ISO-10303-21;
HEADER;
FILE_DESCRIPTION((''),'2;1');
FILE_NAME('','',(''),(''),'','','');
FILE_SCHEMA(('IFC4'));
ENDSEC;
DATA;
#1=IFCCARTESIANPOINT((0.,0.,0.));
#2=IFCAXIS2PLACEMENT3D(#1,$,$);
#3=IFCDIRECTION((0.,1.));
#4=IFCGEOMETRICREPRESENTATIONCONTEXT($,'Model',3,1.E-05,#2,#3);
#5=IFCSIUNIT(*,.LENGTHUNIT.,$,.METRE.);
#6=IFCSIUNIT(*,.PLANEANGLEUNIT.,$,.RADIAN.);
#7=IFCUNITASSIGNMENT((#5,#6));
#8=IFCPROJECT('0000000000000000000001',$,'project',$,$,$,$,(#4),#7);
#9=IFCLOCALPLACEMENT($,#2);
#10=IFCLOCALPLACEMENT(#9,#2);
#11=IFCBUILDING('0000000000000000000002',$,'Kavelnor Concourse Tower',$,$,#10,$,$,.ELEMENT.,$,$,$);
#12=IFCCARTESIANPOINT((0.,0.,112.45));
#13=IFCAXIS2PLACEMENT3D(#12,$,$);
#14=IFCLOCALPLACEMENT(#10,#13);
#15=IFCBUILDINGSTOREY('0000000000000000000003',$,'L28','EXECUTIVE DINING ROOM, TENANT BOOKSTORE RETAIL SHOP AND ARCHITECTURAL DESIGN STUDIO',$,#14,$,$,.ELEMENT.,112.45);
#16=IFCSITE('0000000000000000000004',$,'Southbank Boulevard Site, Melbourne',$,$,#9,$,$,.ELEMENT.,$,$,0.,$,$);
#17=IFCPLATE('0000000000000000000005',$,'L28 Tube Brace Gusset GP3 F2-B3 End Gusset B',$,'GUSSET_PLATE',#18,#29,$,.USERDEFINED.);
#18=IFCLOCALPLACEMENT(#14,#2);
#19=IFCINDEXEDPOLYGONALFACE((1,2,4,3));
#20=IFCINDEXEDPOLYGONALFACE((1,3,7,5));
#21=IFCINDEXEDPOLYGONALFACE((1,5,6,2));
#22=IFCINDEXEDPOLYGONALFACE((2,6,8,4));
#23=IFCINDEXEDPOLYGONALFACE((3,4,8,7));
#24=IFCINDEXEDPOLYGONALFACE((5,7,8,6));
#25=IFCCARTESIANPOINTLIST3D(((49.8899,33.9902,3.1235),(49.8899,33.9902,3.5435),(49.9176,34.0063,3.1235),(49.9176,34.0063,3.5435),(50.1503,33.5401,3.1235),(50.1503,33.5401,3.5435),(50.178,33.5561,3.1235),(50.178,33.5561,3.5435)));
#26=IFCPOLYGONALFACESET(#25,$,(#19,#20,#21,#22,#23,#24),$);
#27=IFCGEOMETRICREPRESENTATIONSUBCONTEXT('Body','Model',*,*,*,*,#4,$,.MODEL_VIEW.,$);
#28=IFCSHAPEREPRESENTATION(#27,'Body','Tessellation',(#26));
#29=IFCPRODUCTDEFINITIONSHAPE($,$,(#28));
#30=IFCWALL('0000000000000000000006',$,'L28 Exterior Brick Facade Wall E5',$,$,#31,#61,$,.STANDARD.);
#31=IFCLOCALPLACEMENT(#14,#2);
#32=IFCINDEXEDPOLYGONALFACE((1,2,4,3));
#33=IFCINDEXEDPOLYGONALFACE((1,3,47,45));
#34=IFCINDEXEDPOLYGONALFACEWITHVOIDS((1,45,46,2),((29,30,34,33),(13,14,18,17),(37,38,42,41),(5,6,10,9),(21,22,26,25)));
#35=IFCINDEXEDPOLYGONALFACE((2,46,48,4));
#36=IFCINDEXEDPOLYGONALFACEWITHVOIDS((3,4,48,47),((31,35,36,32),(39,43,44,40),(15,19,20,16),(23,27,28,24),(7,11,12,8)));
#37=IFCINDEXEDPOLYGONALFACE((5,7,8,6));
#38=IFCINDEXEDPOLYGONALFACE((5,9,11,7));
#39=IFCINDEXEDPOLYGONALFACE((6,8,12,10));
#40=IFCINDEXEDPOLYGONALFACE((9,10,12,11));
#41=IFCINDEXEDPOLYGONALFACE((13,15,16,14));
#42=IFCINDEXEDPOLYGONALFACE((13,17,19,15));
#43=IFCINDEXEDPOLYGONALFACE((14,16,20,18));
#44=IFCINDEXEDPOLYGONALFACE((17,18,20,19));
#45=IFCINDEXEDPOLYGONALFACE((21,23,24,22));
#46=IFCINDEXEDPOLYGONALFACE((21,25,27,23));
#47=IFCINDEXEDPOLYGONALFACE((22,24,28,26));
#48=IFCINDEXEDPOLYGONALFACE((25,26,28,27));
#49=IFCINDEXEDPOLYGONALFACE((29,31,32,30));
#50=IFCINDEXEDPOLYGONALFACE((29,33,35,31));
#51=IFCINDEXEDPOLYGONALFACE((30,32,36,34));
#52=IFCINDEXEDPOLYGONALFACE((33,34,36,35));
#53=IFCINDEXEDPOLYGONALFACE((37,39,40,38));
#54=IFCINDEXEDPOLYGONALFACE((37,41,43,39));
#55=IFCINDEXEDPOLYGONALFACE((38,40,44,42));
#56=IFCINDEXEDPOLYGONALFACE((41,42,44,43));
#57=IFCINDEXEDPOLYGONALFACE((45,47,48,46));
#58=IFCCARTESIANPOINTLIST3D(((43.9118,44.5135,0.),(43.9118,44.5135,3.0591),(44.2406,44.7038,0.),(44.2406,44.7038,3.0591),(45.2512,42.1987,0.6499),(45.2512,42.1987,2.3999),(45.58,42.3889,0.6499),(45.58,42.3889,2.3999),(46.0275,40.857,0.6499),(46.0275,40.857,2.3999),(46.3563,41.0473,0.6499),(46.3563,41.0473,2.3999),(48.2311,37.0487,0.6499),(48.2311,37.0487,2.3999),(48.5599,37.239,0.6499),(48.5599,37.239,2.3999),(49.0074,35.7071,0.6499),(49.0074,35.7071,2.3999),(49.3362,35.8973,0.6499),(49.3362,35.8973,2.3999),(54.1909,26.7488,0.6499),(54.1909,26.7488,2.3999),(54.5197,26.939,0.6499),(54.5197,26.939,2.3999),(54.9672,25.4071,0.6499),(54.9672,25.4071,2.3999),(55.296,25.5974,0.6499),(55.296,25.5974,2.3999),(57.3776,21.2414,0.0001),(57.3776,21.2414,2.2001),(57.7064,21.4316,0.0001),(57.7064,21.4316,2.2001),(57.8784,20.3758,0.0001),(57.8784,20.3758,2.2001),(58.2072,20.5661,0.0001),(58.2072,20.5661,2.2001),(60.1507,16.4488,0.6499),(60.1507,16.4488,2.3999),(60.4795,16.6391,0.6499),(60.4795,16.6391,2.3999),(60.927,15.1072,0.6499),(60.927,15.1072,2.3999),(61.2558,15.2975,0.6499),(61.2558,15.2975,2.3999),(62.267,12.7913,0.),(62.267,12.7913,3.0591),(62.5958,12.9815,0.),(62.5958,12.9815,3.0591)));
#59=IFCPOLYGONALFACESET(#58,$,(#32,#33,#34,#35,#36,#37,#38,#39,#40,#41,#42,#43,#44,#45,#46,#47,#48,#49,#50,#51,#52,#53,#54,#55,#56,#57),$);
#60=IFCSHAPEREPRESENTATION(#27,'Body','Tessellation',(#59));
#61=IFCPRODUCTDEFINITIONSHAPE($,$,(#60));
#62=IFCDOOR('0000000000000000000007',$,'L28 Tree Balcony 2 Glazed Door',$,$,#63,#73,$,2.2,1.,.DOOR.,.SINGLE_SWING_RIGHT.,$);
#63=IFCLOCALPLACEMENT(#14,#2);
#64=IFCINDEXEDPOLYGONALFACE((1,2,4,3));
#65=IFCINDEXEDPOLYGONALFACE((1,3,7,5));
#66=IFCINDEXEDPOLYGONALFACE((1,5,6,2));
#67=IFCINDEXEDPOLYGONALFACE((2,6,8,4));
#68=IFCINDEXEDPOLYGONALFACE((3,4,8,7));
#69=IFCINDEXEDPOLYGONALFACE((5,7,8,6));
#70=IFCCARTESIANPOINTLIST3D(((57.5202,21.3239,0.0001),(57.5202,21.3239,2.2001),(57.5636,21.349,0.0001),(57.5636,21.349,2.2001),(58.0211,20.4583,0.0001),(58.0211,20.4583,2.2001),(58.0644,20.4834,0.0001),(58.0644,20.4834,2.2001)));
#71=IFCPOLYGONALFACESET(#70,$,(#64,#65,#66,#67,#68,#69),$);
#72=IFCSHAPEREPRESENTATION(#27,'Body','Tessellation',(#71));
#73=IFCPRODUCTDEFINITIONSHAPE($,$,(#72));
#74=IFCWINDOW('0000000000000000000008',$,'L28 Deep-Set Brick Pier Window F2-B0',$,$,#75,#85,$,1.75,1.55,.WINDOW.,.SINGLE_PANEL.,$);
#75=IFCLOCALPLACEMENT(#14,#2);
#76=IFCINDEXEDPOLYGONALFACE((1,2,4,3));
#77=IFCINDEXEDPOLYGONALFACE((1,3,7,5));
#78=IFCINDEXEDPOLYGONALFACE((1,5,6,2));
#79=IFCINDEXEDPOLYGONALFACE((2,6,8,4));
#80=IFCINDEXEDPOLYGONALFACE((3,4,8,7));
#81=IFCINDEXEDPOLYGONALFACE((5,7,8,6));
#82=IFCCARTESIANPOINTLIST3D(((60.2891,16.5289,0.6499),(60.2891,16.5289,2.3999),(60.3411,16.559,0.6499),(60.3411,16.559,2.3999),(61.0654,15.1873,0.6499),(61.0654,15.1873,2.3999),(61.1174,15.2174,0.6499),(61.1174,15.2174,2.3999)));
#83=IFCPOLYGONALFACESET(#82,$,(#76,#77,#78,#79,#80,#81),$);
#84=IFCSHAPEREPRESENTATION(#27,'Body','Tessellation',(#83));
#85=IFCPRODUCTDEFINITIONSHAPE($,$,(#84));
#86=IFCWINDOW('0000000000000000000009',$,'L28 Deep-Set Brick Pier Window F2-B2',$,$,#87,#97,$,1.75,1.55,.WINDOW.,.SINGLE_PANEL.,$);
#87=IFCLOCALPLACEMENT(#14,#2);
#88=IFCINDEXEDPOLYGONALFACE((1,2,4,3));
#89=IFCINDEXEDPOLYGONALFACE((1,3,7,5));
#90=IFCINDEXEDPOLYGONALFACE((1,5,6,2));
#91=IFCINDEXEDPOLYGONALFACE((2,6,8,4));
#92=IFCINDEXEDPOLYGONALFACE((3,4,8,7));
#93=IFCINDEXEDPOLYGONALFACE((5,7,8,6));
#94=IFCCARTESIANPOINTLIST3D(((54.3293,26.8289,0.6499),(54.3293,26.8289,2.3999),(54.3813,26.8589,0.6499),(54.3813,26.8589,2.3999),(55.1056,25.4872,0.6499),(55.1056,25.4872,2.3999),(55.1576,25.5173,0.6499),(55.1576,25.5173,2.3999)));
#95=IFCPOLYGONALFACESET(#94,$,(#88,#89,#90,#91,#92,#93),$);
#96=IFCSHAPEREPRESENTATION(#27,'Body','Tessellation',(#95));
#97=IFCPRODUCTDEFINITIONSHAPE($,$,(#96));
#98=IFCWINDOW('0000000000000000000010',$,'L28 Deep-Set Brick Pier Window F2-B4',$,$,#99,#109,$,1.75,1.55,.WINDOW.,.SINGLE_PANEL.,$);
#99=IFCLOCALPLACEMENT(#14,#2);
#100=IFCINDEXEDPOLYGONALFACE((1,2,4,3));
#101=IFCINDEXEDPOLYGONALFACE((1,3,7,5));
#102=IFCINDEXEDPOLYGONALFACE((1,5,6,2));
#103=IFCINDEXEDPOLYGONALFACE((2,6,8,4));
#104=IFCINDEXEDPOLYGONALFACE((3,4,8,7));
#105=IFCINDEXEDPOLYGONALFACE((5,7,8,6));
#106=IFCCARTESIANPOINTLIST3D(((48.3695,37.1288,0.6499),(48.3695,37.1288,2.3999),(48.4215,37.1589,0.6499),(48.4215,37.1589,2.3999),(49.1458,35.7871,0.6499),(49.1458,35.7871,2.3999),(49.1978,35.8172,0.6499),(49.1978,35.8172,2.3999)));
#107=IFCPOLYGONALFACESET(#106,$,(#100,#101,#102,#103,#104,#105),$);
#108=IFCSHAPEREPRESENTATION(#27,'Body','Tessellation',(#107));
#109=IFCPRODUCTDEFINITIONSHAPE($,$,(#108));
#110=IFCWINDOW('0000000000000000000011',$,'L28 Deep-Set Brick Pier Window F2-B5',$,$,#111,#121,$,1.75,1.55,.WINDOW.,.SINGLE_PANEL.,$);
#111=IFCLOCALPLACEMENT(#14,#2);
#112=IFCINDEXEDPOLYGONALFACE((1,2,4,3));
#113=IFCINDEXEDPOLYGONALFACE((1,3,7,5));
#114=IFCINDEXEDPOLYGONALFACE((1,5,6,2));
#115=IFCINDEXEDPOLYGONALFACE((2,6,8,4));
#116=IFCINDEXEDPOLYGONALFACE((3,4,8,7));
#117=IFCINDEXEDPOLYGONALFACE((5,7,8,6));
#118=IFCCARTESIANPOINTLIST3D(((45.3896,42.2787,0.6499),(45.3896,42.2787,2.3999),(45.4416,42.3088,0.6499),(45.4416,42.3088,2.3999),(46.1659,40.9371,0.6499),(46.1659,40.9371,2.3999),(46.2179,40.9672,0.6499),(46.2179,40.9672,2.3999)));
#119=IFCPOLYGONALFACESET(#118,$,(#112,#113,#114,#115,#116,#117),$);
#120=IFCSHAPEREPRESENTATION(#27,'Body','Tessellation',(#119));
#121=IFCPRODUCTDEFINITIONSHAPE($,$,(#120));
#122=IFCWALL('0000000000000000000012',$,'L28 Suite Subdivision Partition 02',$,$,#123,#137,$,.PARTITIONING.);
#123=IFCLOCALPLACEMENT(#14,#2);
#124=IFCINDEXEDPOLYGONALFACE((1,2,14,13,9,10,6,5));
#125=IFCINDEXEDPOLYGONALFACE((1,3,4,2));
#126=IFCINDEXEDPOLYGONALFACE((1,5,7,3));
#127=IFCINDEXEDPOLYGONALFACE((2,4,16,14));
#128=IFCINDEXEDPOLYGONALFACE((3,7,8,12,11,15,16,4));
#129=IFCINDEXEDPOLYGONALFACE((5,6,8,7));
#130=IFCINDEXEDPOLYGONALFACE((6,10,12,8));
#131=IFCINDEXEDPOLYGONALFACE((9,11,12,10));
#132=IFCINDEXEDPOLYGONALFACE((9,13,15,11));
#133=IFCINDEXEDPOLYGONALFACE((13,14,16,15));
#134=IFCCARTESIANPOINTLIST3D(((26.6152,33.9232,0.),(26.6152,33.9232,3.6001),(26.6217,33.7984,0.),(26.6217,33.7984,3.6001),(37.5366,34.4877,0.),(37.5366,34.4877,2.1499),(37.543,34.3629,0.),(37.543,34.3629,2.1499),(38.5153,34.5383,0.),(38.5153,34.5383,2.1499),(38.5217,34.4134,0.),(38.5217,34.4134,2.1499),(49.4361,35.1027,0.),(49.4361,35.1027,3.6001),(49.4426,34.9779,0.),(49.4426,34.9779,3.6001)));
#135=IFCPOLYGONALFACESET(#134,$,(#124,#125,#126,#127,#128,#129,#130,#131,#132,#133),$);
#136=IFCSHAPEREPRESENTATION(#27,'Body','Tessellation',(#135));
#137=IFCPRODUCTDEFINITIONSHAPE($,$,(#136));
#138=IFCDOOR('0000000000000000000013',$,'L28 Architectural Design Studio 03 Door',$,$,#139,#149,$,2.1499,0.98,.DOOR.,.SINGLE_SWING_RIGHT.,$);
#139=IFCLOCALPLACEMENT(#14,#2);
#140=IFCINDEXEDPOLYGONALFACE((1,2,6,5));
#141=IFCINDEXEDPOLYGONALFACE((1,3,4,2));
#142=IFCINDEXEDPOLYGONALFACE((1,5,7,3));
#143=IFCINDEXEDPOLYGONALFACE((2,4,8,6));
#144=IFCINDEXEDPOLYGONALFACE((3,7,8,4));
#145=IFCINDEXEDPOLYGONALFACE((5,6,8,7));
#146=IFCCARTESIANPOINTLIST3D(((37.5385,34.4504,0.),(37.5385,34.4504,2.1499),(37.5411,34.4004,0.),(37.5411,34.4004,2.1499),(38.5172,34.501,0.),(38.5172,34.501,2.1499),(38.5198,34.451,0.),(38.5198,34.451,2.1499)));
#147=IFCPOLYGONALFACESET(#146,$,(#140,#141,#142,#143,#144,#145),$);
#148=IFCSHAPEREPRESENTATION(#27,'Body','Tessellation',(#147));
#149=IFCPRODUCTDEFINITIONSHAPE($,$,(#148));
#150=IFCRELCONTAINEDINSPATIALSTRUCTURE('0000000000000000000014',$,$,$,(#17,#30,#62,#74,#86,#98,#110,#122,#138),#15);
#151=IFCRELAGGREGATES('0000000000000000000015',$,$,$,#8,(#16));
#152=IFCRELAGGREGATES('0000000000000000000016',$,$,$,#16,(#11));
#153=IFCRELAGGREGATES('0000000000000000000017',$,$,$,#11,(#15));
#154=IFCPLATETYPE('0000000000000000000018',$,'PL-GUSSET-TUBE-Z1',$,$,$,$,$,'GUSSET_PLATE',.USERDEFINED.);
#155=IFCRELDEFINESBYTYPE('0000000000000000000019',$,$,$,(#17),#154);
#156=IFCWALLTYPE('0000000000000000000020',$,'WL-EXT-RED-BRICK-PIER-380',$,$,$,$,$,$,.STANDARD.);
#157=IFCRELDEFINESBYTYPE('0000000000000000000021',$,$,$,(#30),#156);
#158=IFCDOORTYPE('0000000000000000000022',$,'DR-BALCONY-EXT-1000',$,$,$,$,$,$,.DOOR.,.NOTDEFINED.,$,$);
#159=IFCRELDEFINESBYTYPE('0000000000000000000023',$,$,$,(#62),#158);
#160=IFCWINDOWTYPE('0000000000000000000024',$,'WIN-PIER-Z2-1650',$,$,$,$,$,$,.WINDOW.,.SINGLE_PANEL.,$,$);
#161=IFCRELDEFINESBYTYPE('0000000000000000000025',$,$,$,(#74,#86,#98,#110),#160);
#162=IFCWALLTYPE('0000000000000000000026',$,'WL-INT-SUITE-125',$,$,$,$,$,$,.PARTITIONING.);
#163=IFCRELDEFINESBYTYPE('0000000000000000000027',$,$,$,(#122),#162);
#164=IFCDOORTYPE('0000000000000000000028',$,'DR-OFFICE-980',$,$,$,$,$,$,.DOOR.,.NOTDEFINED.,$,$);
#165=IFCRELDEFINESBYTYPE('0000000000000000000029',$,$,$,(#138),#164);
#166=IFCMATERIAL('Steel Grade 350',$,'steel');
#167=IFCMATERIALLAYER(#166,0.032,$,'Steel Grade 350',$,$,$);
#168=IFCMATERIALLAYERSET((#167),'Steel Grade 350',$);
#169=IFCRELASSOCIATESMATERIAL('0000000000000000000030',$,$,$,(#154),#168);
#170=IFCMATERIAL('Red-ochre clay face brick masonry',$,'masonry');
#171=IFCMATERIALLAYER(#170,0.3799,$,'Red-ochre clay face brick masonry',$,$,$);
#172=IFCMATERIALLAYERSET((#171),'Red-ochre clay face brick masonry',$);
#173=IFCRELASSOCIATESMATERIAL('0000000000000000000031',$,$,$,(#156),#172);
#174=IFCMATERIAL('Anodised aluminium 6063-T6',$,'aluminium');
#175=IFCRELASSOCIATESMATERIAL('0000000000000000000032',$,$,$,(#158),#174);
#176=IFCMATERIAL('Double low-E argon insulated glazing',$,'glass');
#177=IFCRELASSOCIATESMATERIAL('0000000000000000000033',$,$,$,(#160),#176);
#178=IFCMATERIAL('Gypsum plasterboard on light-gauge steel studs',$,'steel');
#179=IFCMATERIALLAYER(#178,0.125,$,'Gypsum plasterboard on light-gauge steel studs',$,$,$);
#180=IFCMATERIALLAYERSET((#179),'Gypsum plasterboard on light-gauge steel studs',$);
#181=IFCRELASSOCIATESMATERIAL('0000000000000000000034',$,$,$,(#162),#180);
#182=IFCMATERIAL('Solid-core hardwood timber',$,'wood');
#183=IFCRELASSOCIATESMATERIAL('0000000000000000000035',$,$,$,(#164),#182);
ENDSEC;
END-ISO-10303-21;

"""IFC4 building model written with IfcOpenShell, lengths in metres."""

from ifc_helpers import new_model, si_unit, direction, frame, frame_2d, origin, origin_2d, place, context, subcontext, project, spatial, rectangle, extrude, material, layer, layer_set, type_object, element, fill, save


model = new_model("IFC4")

# Units and contexts
model_context = context("Model", 3, precision=1e-05, world=origin(), true_north=direction((0.0, 1.0)))
body_context = subcontext(model_context, "Body", "Model", "MODEL_VIEW")
ifc_project = project(units=[si_unit("LENGTHUNIT", "METRE"), si_unit("PLANEANGLEUNIT", "RADIAN")], contexts=[model_context])

# Site, building, storey
site_placement = place(None, origin())
site = spatial("IfcSite", under=ifc_project, at=site_placement, Name="Southbank Boulevard Site, Melbourne", CompositionType="ELEMENT", RefElevation=0.0)
building_placement = place(site_placement, origin())
building = spatial("IfcBuilding", under=site, at=building_placement, Name="Kavelnor Concourse Tower", CompositionType="ELEMENT")
storey_placement = place(building_placement, frame((0.0, 0.0, 112.45)))
storey = spatial("IfcBuildingStorey", under=building, at=storey_placement, Name="L28", Description="EXECUTIVE DINING ROOM, TENANT BOOKSTORE RETAIL SHOP AND ARCHITECTURAL DESIGN STUDIO", CompositionType="ELEMENT", Elevation=112.45)

# Shared definitions
ifc_material_1 = material(Name="Steel Grade 350", Category="steel")

# Plate
ifc_layer_1 = layer(ifc_material_1, 0.032, Name="Steel Grade 350")
ifc_layer_set_1 = layer_set([ifc_layer_1], Name="Steel Grade 350")
plate_type = type_object("IfcPlateType", Name="PL-GUSSET-TUBE-Z1", ElementType="GUSSET_PLATE", PredefinedType="USERDEFINED", material=ifc_layer_set_1)
plate_placement = place(storey_placement, frame((50.0339, 33.7732, 3.1235), z_axis=(0.0, 0.0, 1.0), x_axis=(-0.500756, 0.865589, 0.0)))
element("IfcPlate", 1, at=plate_placement, inside=storey, type_object=plate_type, Name="L28 Tube Brace Gusset GP3 F2-B3 End Gusset B", ObjectType="GUSSET_PLATE", PredefinedType="USERDEFINED", context=body_context, shape_type="SweptSolid", body=[
    extrude(rectangle(XDim=0.52, YDim=0.032, at=origin_2d()), origin(), (0.0, 0.0, 1.0), 0.4199),
])

# Wall, openings, door, windows
ifc_material_2 = material(Name="Red-ochre clay face brick masonry", Category="masonry")
ifc_layer_2 = layer(ifc_material_2, 0.3799, Name="Red-ochre clay face brick masonry")
ifc_layer_set_2 = layer_set([ifc_layer_2], Name="Red-ochre clay face brick masonry")
wall_type_1 = type_object("IfcWallType", Name="WL-EXT-RED-BRICK-PIER-380", PredefinedType="STANDARD", material=ifc_layer_set_2)
wall_1_placement = place(storey_placement, frame((44.0762, 44.6086, 0.0), z_axis=(0.0, 0.0, 1.0), x_axis=(0.500827, -0.865547, 0.0)))
wall_1 = element("IfcWall", 2, at=wall_1_placement, inside=storey, type_object=wall_type_1, Name="L28 Exterior Brick Facade Wall E5", PredefinedType="STANDARD", context=body_context, shape_type="SweptSolid", body=[
    extrude(rectangle(XDim=36.6499, YDim=0.3799, at=frame_2d((18.325, 0.0))), origin(), (0.0, 0.0, 1.0), 3.0591),
])
opening_1_placement = place(wall_1_placement, frame((26.8872, 0.0, 0.0)))
opening_1 = element("IfcOpeningElement", 3, at=opening_1_placement, cuts=wall_1, PredefinedType="OPENING", context=body_context, shape_type="SweptSolid", body=[
    extrude(rectangle(XDim=1.0, YDim=2.2, at=frame_2d((0.5, 1.1001))), frame((0.0, 0.2, 0.0), z_axis=(0.0, -1.0, 0.0), x_axis=(1.0, 0.0, 0.0)), (0.0, 0.0, 1.0), 0.3999),
])
opening_2_placement = place(wall_1_placement, frame((32.4243, 0.0, 0.6499)))
opening_2 = element("IfcOpeningElement", 4, at=opening_2_placement, cuts=wall_1, PredefinedType="OPENING", context=body_context, shape_type="SweptSolid", body=[
    extrude(rectangle(XDim=1.55, YDim=1.75, at=frame_2d((0.7749, 0.875))), frame((0.0, 0.2, 0.0), z_axis=(0.0, -1.0, 0.0), x_axis=(1.0, 0.0, 0.0)), (0.0, 0.0, 1.0), 0.3999),
])
opening_3_placement = place(wall_1_placement, frame((20.5244, 0.0, 0.6499)))
opening_3 = element("IfcOpeningElement", 5, at=opening_3_placement, cuts=wall_1, PredefinedType="OPENING", context=body_context, shape_type="SweptSolid", body=[
    extrude(rectangle(XDim=1.55, YDim=1.75, at=frame_2d((0.7749, 0.875))), frame((0.0, 0.2, 0.0), z_axis=(0.0, -1.0, 0.0), x_axis=(1.0, 0.0, 0.0)), (0.0, 0.0, 1.0), 0.3999),
])
opening_4_placement = place(wall_1_placement, frame((8.6245, 0.0, 0.6499)))
opening_4 = element("IfcOpeningElement", 6, at=opening_4_placement, cuts=wall_1, PredefinedType="OPENING", context=body_context, shape_type="SweptSolid", body=[
    extrude(rectangle(XDim=1.55, YDim=1.75, at=frame_2d((0.7749, 0.875))), frame((0.0, 0.2, 0.0), z_axis=(0.0, -1.0, 0.0), x_axis=(1.0, 0.0, 0.0)), (0.0, 0.0, 1.0), 0.3999),
])
opening_5_placement = place(wall_1_placement, frame((2.6746, 0.0, 0.6499)))
opening_5 = element("IfcOpeningElement", 7, at=opening_5_placement, cuts=wall_1, PredefinedType="OPENING", context=body_context, shape_type="SweptSolid", body=[
    extrude(rectangle(XDim=1.55, YDim=1.75, at=frame_2d((0.7749, 0.875))), frame((0.0, 0.2, 0.0), z_axis=(0.0, -1.0, 0.0), x_axis=(1.0, 0.0, 0.0)), (0.0, 0.0, 1.0), 0.3999),
])
ifc_material_3 = material(Name="Anodised aluminium 6063-T6", Category="aluminium")
door_type_1 = type_object("IfcDoorType", Name="DR-BALCONY-EXT-1000", OperationType="NOTDEFINED", PredefinedType="DOOR", material=ifc_material_3)
door_1_placement = place(opening_1_placement, origin())
door_1 = element("IfcDoor", 8, at=door_1_placement, inside=storey, type_object=door_type_1, Name="L28 Tree Balcony 2 Glazed Door", OperationType="SINGLE_SWING_RIGHT", OverallHeight=2.2, OverallWidth=1.0, PredefinedType="DOOR", context=body_context, shape_type="SweptSolid", body=[
    extrude(rectangle(XDim=1.0, YDim=2.2, at=frame_2d((0.5, 1.1001))), frame((0.0, 0.0249, 0.0), z_axis=(0.0, -1.0, 0.0), x_axis=(1.0, 0.0, 0.0)), (0.0, 0.0, 1.0), 0.05),
])
fill(opening_1, door_1)
ifc_material_4 = material(Name="Double low-E argon insulated glazing", Category="glass")
window_type = type_object("IfcWindowType", Name="WIN-PIER-Z2-1650", PartitioningType="SINGLE_PANEL", PredefinedType="WINDOW", material=ifc_material_4)
window_1_placement = place(opening_2_placement, origin())
window_1 = element("IfcWindow", 9, at=window_1_placement, inside=storey, type_object=window_type, Name="L28 Deep-Set Brick Pier Window F2-B0", OverallHeight=1.75, OverallWidth=1.55, PartitioningType="SINGLE_PANEL", PredefinedType="WINDOW", context=body_context, shape_type="SweptSolid", body=[
    extrude(rectangle(XDim=1.55, YDim=1.75, at=frame_2d((0.7749, 0.875))), frame((0.0, 0.03, 0.0), z_axis=(0.0, -1.0, 0.0), x_axis=(1.0, 0.0, 0.0)), (0.0, 0.0, 1.0), 0.0601),
])
fill(opening_2, window_1)
window_2_placement = place(opening_3_placement, origin())
window_2 = element("IfcWindow", 10, at=window_2_placement, inside=storey, type_object=window_type, Name="L28 Deep-Set Brick Pier Window F2-B2", OverallHeight=1.75, OverallWidth=1.55, PartitioningType="SINGLE_PANEL", PredefinedType="WINDOW", context=body_context, shape_type="SweptSolid", body=[
    extrude(rectangle(XDim=1.55, YDim=1.75, at=frame_2d((0.7749, 0.875))), frame((0.0, 0.03, 0.0), z_axis=(0.0, -1.0, 0.0), x_axis=(1.0, 0.0, 0.0)), (0.0, 0.0, 1.0), 0.0601),
])
fill(opening_3, window_2)
window_3_placement = place(opening_4_placement, origin())
window_3 = element("IfcWindow", 11, at=window_3_placement, inside=storey, type_object=window_type, Name="L28 Deep-Set Brick Pier Window F2-B4", OverallHeight=1.75, OverallWidth=1.55, PartitioningType="SINGLE_PANEL", PredefinedType="WINDOW", context=body_context, shape_type="SweptSolid", body=[
    extrude(rectangle(XDim=1.55, YDim=1.75, at=frame_2d((0.7749, 0.875))), frame((0.0, 0.03, 0.0), z_axis=(0.0, -1.0, 0.0), x_axis=(1.0, 0.0, 0.0)), (0.0, 0.0, 1.0), 0.0601),
])
fill(opening_4, window_3)
window_4_placement = place(opening_5_placement, origin())
window_4 = element("IfcWindow", 12, at=window_4_placement, inside=storey, type_object=window_type, Name="L28 Deep-Set Brick Pier Window F2-B5", OverallHeight=1.75, OverallWidth=1.55, PartitioningType="SINGLE_PANEL", PredefinedType="WINDOW", context=body_context, shape_type="SweptSolid", body=[
    extrude(rectangle(XDim=1.55, YDim=1.75, at=frame_2d((0.7749, 0.875))), frame((0.0, 0.03, 0.0), z_axis=(0.0, -1.0, 0.0), x_axis=(1.0, 0.0, 0.0)), (0.0, 0.0, 1.0), 0.0601),
])
fill(opening_5, window_4)

# Wall, opening, door
ifc_material_5 = material(Name="Gypsum plasterboard on light-gauge steel studs", Category="steel")
ifc_layer_3 = layer(ifc_material_5, 0.125, Name="Gypsum plasterboard on light-gauge steel studs")
ifc_layer_set_3 = layer_set([ifc_layer_3], Name="Gypsum plasterboard on light-gauge steel studs")
wall_type_2 = type_object("IfcWallType", Name="WL-INT-SUITE-125", PredefinedType="PARTITIONING", material=ifc_layer_set_3)
wall_2_placement = place(storey_placement, frame((49.4395, 35.0403, 0.0), z_axis=(0.0, 0.0, 1.0), x_axis=(-0.998667, -0.051614, 0.0)))
wall_2 = element("IfcWall", 13, at=wall_2_placement, inside=storey, type_object=wall_type_2, Name="L28 Suite Subdivision Partition 02", PredefinedType="PARTITIONING", context=body_context, shape_type="SweptSolid", body=[
    extrude(rectangle(XDim=22.8513, YDim=0.125, at=frame_2d((11.4258, 0.0))), origin(), (0.0, 0.0, 1.0), 3.6001),
])
opening_6_placement = place(wall_2_placement, frame((10.9355, 0.0, 0.0)))
opening_6 = element("IfcOpeningElement", 14, at=opening_6_placement, cuts=wall_2, PredefinedType="OPENING", context=body_context, shape_type="SweptSolid", body=[
    extrude(rectangle(XDim=0.98, YDim=2.1499, at=frame_2d((0.49, 1.075))), frame((0.0, 0.0725, 0.0), z_axis=(0.0, -1.0, 0.0), x_axis=(1.0, 0.0, 0.0)), (0.0, 0.0, 1.0), 0.145),
])
ifc_material_6 = material(Name="Solid-core hardwood timber", Category="wood")
door_type_2 = type_object("IfcDoorType", Name="DR-OFFICE-980", OperationType="NOTDEFINED", PredefinedType="DOOR", material=ifc_material_6)
door_2_placement = place(opening_6_placement, origin())
door_2 = element("IfcDoor", 15, at=door_2_placement, inside=storey, type_object=door_type_2, Name="L28 Architectural Design Studio 03 Door", OperationType="SINGLE_SWING_RIGHT", OverallHeight=2.1499, OverallWidth=0.98, PredefinedType="DOOR", context=body_context, shape_type="SweptSolid", body=[
    extrude(rectangle(XDim=0.98, YDim=2.1499, at=frame_2d((0.49, 1.075))), frame((0.0, 0.0249, 0.0), z_axis=(0.0, -1.0, 0.0), x_axis=(1.0, 0.0, 0.0)), (0.0, 0.0, 1.0), 0.05),
])
fill(opening_6, door_2)

save(model, "model.ifc")
